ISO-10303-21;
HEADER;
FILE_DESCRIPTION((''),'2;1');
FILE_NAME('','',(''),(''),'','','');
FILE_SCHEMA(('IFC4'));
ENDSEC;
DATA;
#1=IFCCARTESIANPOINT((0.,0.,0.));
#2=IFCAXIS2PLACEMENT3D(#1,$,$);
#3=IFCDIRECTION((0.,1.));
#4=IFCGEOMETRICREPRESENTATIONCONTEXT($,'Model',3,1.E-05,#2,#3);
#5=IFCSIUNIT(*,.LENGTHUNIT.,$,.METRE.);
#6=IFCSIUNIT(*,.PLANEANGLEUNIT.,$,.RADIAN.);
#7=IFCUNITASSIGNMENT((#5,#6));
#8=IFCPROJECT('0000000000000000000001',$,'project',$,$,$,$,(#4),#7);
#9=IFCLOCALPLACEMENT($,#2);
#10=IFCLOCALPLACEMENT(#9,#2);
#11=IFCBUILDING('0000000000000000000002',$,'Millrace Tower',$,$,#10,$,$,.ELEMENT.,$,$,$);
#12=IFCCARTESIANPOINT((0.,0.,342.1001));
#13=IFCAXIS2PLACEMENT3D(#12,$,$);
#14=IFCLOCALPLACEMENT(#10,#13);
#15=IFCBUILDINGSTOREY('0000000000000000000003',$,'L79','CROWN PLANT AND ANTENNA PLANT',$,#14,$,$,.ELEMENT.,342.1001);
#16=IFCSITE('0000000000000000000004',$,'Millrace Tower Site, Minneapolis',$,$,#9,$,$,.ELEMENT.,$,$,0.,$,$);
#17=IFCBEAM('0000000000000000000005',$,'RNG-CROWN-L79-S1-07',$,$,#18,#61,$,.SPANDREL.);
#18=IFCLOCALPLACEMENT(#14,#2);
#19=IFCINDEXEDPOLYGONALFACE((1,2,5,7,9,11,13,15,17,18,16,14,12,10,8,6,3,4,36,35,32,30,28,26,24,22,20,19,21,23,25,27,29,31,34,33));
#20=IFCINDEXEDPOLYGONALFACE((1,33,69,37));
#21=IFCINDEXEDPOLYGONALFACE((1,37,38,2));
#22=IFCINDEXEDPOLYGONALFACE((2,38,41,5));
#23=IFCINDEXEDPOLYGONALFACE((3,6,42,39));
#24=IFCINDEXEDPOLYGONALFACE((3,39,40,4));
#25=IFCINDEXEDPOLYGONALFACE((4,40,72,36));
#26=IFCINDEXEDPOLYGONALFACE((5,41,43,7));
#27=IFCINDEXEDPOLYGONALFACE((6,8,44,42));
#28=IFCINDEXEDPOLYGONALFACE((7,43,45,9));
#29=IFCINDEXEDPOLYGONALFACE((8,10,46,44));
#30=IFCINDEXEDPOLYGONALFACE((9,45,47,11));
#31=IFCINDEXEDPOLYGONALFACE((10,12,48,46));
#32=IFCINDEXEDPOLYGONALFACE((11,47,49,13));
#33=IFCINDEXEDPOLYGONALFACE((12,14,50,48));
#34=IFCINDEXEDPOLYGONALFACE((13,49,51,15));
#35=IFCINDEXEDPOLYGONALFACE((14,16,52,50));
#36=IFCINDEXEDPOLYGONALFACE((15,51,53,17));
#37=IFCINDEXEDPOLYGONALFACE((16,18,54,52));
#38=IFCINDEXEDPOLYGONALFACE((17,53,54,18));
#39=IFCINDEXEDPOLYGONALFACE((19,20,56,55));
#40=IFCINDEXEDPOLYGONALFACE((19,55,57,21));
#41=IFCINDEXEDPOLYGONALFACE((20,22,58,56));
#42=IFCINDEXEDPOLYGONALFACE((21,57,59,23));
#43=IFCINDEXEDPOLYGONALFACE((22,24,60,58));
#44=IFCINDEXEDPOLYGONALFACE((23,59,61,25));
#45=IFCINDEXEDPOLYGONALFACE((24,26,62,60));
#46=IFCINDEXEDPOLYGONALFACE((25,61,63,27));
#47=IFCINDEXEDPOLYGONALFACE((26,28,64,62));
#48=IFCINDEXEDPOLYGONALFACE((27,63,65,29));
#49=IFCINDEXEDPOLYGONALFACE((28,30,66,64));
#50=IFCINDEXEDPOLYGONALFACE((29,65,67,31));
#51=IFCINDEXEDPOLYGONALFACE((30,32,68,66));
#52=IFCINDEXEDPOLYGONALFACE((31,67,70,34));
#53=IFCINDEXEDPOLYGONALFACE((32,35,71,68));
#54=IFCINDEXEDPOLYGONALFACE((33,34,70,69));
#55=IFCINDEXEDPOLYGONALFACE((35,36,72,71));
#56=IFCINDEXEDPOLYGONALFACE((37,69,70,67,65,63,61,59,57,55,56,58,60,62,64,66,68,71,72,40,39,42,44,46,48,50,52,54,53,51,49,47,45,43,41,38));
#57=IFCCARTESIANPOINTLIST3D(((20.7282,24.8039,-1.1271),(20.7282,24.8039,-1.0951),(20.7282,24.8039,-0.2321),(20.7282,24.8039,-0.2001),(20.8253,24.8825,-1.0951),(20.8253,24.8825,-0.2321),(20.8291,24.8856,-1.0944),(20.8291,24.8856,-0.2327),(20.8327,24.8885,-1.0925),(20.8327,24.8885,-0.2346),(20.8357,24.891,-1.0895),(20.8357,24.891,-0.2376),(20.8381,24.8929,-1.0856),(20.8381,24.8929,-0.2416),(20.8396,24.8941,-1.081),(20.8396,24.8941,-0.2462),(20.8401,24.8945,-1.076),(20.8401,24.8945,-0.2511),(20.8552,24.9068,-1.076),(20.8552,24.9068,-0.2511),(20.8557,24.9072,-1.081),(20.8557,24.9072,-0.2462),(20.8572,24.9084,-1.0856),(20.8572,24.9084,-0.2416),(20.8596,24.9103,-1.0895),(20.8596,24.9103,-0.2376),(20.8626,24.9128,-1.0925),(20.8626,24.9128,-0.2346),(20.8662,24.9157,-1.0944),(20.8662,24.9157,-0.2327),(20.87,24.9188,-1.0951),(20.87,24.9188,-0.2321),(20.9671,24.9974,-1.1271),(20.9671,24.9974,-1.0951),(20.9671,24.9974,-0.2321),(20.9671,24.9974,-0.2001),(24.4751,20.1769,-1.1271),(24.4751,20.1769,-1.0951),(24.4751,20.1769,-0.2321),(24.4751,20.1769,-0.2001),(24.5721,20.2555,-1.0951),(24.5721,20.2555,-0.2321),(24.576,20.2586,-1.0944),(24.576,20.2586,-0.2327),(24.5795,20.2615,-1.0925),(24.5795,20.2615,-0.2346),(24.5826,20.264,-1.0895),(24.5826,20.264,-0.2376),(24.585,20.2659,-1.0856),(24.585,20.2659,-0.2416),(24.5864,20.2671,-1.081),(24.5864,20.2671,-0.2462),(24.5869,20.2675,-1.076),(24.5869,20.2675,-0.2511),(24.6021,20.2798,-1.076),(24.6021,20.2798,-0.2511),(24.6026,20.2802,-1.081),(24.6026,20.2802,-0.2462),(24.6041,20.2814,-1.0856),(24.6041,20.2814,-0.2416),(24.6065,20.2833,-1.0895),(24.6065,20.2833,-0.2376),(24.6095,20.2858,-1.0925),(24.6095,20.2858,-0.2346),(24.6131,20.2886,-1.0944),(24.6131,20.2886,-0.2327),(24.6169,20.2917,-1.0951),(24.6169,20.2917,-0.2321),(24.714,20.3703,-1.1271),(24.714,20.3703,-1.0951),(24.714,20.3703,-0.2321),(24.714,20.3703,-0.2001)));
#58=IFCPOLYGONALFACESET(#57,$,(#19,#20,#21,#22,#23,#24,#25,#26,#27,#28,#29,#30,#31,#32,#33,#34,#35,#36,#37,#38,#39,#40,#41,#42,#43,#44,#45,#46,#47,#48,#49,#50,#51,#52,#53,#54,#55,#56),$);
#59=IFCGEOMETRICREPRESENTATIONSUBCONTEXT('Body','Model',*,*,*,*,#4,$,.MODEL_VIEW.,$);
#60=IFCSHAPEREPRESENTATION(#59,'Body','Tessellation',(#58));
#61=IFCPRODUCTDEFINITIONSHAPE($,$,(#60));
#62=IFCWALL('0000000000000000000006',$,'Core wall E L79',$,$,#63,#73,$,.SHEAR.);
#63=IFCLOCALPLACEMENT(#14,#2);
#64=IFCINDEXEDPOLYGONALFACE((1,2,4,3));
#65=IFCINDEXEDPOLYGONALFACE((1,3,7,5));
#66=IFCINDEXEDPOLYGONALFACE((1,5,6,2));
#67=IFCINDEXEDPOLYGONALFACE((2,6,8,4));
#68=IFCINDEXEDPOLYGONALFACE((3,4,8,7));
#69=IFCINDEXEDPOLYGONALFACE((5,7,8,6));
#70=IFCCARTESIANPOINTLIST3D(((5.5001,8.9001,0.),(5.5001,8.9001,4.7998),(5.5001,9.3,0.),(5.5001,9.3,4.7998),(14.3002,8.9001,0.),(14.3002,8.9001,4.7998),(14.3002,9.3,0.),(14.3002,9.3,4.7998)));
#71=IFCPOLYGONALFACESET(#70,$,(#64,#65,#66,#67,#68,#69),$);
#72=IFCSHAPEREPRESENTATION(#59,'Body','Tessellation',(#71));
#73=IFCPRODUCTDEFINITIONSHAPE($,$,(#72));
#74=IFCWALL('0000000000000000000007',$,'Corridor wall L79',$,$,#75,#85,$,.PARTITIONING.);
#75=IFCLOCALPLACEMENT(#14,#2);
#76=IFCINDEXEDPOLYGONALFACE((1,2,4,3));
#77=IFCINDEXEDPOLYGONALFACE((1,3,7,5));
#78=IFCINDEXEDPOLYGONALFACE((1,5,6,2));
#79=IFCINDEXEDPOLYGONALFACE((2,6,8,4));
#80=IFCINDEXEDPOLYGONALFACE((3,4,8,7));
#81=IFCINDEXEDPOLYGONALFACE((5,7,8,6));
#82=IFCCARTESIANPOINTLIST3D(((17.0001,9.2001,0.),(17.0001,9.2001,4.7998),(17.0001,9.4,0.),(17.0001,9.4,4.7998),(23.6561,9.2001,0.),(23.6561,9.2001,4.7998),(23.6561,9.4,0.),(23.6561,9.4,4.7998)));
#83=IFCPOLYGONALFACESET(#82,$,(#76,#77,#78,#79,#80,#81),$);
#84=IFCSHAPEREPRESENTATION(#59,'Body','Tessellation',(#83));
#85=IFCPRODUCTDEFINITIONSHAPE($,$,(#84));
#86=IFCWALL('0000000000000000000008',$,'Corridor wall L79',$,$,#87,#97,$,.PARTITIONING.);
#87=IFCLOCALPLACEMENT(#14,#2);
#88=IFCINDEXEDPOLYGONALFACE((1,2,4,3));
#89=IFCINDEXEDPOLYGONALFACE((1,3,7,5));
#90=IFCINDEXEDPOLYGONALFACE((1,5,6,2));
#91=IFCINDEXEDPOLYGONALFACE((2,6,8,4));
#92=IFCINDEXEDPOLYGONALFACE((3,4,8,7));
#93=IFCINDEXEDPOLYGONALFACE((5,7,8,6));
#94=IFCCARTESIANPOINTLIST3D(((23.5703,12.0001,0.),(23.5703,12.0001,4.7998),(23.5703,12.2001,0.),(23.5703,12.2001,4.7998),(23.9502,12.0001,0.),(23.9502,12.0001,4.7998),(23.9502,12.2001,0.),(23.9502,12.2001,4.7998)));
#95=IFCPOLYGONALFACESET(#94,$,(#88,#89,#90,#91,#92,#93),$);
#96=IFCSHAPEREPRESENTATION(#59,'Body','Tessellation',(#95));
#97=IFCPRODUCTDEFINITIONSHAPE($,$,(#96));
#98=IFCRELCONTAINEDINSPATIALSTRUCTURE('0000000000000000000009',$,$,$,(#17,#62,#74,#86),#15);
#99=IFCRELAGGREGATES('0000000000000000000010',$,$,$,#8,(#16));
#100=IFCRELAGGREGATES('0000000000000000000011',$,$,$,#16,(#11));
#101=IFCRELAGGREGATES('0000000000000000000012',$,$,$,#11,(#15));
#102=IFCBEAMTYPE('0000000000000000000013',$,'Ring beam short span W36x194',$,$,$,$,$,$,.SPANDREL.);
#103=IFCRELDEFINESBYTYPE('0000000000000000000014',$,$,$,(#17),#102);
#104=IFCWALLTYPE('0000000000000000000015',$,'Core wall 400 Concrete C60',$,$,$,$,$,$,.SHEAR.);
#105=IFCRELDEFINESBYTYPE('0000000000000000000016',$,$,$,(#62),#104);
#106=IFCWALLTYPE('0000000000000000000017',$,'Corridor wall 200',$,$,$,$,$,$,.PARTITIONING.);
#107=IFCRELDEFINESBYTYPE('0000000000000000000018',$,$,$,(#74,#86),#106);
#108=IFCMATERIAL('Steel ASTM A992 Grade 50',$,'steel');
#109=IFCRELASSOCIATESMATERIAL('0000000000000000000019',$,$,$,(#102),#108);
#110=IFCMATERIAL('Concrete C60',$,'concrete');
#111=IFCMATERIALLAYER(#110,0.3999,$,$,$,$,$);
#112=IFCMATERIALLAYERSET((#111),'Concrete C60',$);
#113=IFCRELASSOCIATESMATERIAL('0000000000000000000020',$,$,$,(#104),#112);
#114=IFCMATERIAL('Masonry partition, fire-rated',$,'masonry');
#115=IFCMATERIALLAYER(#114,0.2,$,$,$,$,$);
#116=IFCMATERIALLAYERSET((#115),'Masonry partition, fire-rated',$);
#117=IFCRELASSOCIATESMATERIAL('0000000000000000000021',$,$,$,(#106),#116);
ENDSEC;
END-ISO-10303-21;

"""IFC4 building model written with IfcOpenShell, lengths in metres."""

from ifc_helpers import new_model, si_unit, direction, frame, frame_2d, origin, origin_2d, place, context, subcontext, project, spatial, rectangle, i_section, extrude, material, layer, layer_set, material_profile, profile_set, type_object, element, save


model = new_model("IFC4")

# Units and contexts
model_context = context("Model", 3, precision=1e-05, world=origin(), true_north=direction((0.0, 1.0)))
body_context = subcontext(model_context, "Body", "Model", "MODEL_VIEW")
ifc_project = project(units=[si_unit("LENGTHUNIT", "METRE"), si_unit("PLANEANGLEUNIT", "RADIAN")], contexts=[model_context])

# Site, building, storey
site_placement = place(None, origin())
site = spatial("IfcSite", under=ifc_project, at=site_placement, Name="Millrace Tower Site, Minneapolis", CompositionType="ELEMENT", RefElevation=0.0)
building_placement = place(site_placement, origin())
building = spatial("IfcBuilding", under=site, at=building_placement, Name="Millrace Tower", CompositionType="ELEMENT")
storey_placement = place(building_placement, frame((0.0, 0.0, 342.1001)))
storey = spatial("IfcBuildingStorey", under=building, at=storey_placement, Name="L79", Description="CROWN PLANT AND ANTENNA PLANT", CompositionType="ELEMENT", Elevation=342.1001)

# Beam
ifc_material_1 = material(Name="Steel ASTM A992 Grade 50", Category="steel")
ifc_material_profile_1 = material_profile(ifc_material_1, i_section(OverallWidth=0.3074, OverallDepth=0.927, WebThickness=0.0195, FlangeThickness=0.032, FilletRadius=0.019, at=origin_2d()))
ifc_profile_set_1 = profile_set([ifc_material_profile_1], Name="Steel ASTM A992 Grade 50")
beam_type_1 = type_object("IfcBeamType", Name="Ring beam short span W36x194", PredefinedType="SPANDREL", material=ifc_profile_set_1)
beam_1_placement = place(storey_placement, frame((20.8477, 24.9006, -0.6636), z_axis=(0.62932, -0.777147, 0.0), x_axis=(0.777147, 0.62932, 0.0)))
element("IfcBeam", 1, at=beam_1_placement, inside=storey, type_object=beam_type_1, Name="RNG-CROWN-L79-S1-07", PredefinedType="SPANDREL", context=body_context, shape_type="SweptSolid", body=[
    extrude(i_section(OverallWidth=0.3074, OverallDepth=0.927, WebThickness=0.0195, FlangeThickness=0.032, FilletRadius=0.019, at=origin_2d()), origin(), (0.0, 0.0, 1.0), 5.9539),
])

# Walls
ifc_material_2 = material(Name="Concrete C60", Category="concrete")
ifc_layer_1 = layer(ifc_material_2, 0.3999)
ifc_layer_set_1 = layer_set([ifc_layer_1], Name="Concrete C60")
wall_type_1 = type_object("IfcWallType", Name="Core wall 400 Concrete C60", PredefinedType="SHEAR", material=ifc_layer_set_1)
wall_1_placement = place(storey_placement, frame((14.3, 9.1001, 0.0), z_axis=(0.0, 0.0, 1.0), x_axis=(-1.0, 0.0, 0.0)))
element("IfcWall", 2, at=wall_1_placement, inside=storey, type_object=wall_type_1, Name="Core wall E L79", PredefinedType="SHEAR", context=body_context, shape_type="SweptSolid", body=[
    extrude(rectangle(XDim=8.8, YDim=0.3999, at=frame_2d((4.3999, 0.0))), origin(), (0.0, 0.0, 1.0), 4.7998),
])
ifc_material_3 = material(Name="Masonry partition, fire-rated", Category="masonry")
ifc_layer_2 = layer(ifc_material_3, 0.2)
ifc_layer_set_2 = layer_set([ifc_layer_2], Name="Masonry partition, fire-rated")
wall_type_2 = type_object("IfcWallType", Name="Corridor wall 200", PredefinedType="PARTITIONING", material=ifc_layer_set_2)
wall_2_placement = place(storey_placement, frame((17.0, 9.3, 0.0), z_axis=(0.0, 0.0, 1.0), x_axis=(1.0, 0.0, 0.0)))
element("IfcWall", 3, at=wall_2_placement, inside=storey, type_object=wall_type_2, Name="Corridor wall L79", PredefinedType="PARTITIONING", context=body_context, shape_type="SweptSolid", body=[
    extrude(rectangle(XDim=6.656, YDim=0.2, at=frame_2d((3.3281, 0.0))), origin(), (0.0, 0.0, 1.0), 4.7998),
])
wall_3_placement = place(storey_placement, frame((23.5703, 12.1001, 0.0), z_axis=(0.0, 0.0, 1.0), x_axis=(1.0, 0.0, 0.0)))
element("IfcWall", 4, at=wall_3_placement, inside=storey, type_object=wall_type_2, Name="Corridor wall L79", PredefinedType="PARTITIONING", context=body_context, shape_type="SweptSolid", body=[
    extrude(rectangle(XDim=0.3799, YDim=0.2, at=frame_2d((0.1899, 0.0))), origin(), (0.0, 0.0, 1.0), 4.7998),
])

save(model, "model.ifc")
